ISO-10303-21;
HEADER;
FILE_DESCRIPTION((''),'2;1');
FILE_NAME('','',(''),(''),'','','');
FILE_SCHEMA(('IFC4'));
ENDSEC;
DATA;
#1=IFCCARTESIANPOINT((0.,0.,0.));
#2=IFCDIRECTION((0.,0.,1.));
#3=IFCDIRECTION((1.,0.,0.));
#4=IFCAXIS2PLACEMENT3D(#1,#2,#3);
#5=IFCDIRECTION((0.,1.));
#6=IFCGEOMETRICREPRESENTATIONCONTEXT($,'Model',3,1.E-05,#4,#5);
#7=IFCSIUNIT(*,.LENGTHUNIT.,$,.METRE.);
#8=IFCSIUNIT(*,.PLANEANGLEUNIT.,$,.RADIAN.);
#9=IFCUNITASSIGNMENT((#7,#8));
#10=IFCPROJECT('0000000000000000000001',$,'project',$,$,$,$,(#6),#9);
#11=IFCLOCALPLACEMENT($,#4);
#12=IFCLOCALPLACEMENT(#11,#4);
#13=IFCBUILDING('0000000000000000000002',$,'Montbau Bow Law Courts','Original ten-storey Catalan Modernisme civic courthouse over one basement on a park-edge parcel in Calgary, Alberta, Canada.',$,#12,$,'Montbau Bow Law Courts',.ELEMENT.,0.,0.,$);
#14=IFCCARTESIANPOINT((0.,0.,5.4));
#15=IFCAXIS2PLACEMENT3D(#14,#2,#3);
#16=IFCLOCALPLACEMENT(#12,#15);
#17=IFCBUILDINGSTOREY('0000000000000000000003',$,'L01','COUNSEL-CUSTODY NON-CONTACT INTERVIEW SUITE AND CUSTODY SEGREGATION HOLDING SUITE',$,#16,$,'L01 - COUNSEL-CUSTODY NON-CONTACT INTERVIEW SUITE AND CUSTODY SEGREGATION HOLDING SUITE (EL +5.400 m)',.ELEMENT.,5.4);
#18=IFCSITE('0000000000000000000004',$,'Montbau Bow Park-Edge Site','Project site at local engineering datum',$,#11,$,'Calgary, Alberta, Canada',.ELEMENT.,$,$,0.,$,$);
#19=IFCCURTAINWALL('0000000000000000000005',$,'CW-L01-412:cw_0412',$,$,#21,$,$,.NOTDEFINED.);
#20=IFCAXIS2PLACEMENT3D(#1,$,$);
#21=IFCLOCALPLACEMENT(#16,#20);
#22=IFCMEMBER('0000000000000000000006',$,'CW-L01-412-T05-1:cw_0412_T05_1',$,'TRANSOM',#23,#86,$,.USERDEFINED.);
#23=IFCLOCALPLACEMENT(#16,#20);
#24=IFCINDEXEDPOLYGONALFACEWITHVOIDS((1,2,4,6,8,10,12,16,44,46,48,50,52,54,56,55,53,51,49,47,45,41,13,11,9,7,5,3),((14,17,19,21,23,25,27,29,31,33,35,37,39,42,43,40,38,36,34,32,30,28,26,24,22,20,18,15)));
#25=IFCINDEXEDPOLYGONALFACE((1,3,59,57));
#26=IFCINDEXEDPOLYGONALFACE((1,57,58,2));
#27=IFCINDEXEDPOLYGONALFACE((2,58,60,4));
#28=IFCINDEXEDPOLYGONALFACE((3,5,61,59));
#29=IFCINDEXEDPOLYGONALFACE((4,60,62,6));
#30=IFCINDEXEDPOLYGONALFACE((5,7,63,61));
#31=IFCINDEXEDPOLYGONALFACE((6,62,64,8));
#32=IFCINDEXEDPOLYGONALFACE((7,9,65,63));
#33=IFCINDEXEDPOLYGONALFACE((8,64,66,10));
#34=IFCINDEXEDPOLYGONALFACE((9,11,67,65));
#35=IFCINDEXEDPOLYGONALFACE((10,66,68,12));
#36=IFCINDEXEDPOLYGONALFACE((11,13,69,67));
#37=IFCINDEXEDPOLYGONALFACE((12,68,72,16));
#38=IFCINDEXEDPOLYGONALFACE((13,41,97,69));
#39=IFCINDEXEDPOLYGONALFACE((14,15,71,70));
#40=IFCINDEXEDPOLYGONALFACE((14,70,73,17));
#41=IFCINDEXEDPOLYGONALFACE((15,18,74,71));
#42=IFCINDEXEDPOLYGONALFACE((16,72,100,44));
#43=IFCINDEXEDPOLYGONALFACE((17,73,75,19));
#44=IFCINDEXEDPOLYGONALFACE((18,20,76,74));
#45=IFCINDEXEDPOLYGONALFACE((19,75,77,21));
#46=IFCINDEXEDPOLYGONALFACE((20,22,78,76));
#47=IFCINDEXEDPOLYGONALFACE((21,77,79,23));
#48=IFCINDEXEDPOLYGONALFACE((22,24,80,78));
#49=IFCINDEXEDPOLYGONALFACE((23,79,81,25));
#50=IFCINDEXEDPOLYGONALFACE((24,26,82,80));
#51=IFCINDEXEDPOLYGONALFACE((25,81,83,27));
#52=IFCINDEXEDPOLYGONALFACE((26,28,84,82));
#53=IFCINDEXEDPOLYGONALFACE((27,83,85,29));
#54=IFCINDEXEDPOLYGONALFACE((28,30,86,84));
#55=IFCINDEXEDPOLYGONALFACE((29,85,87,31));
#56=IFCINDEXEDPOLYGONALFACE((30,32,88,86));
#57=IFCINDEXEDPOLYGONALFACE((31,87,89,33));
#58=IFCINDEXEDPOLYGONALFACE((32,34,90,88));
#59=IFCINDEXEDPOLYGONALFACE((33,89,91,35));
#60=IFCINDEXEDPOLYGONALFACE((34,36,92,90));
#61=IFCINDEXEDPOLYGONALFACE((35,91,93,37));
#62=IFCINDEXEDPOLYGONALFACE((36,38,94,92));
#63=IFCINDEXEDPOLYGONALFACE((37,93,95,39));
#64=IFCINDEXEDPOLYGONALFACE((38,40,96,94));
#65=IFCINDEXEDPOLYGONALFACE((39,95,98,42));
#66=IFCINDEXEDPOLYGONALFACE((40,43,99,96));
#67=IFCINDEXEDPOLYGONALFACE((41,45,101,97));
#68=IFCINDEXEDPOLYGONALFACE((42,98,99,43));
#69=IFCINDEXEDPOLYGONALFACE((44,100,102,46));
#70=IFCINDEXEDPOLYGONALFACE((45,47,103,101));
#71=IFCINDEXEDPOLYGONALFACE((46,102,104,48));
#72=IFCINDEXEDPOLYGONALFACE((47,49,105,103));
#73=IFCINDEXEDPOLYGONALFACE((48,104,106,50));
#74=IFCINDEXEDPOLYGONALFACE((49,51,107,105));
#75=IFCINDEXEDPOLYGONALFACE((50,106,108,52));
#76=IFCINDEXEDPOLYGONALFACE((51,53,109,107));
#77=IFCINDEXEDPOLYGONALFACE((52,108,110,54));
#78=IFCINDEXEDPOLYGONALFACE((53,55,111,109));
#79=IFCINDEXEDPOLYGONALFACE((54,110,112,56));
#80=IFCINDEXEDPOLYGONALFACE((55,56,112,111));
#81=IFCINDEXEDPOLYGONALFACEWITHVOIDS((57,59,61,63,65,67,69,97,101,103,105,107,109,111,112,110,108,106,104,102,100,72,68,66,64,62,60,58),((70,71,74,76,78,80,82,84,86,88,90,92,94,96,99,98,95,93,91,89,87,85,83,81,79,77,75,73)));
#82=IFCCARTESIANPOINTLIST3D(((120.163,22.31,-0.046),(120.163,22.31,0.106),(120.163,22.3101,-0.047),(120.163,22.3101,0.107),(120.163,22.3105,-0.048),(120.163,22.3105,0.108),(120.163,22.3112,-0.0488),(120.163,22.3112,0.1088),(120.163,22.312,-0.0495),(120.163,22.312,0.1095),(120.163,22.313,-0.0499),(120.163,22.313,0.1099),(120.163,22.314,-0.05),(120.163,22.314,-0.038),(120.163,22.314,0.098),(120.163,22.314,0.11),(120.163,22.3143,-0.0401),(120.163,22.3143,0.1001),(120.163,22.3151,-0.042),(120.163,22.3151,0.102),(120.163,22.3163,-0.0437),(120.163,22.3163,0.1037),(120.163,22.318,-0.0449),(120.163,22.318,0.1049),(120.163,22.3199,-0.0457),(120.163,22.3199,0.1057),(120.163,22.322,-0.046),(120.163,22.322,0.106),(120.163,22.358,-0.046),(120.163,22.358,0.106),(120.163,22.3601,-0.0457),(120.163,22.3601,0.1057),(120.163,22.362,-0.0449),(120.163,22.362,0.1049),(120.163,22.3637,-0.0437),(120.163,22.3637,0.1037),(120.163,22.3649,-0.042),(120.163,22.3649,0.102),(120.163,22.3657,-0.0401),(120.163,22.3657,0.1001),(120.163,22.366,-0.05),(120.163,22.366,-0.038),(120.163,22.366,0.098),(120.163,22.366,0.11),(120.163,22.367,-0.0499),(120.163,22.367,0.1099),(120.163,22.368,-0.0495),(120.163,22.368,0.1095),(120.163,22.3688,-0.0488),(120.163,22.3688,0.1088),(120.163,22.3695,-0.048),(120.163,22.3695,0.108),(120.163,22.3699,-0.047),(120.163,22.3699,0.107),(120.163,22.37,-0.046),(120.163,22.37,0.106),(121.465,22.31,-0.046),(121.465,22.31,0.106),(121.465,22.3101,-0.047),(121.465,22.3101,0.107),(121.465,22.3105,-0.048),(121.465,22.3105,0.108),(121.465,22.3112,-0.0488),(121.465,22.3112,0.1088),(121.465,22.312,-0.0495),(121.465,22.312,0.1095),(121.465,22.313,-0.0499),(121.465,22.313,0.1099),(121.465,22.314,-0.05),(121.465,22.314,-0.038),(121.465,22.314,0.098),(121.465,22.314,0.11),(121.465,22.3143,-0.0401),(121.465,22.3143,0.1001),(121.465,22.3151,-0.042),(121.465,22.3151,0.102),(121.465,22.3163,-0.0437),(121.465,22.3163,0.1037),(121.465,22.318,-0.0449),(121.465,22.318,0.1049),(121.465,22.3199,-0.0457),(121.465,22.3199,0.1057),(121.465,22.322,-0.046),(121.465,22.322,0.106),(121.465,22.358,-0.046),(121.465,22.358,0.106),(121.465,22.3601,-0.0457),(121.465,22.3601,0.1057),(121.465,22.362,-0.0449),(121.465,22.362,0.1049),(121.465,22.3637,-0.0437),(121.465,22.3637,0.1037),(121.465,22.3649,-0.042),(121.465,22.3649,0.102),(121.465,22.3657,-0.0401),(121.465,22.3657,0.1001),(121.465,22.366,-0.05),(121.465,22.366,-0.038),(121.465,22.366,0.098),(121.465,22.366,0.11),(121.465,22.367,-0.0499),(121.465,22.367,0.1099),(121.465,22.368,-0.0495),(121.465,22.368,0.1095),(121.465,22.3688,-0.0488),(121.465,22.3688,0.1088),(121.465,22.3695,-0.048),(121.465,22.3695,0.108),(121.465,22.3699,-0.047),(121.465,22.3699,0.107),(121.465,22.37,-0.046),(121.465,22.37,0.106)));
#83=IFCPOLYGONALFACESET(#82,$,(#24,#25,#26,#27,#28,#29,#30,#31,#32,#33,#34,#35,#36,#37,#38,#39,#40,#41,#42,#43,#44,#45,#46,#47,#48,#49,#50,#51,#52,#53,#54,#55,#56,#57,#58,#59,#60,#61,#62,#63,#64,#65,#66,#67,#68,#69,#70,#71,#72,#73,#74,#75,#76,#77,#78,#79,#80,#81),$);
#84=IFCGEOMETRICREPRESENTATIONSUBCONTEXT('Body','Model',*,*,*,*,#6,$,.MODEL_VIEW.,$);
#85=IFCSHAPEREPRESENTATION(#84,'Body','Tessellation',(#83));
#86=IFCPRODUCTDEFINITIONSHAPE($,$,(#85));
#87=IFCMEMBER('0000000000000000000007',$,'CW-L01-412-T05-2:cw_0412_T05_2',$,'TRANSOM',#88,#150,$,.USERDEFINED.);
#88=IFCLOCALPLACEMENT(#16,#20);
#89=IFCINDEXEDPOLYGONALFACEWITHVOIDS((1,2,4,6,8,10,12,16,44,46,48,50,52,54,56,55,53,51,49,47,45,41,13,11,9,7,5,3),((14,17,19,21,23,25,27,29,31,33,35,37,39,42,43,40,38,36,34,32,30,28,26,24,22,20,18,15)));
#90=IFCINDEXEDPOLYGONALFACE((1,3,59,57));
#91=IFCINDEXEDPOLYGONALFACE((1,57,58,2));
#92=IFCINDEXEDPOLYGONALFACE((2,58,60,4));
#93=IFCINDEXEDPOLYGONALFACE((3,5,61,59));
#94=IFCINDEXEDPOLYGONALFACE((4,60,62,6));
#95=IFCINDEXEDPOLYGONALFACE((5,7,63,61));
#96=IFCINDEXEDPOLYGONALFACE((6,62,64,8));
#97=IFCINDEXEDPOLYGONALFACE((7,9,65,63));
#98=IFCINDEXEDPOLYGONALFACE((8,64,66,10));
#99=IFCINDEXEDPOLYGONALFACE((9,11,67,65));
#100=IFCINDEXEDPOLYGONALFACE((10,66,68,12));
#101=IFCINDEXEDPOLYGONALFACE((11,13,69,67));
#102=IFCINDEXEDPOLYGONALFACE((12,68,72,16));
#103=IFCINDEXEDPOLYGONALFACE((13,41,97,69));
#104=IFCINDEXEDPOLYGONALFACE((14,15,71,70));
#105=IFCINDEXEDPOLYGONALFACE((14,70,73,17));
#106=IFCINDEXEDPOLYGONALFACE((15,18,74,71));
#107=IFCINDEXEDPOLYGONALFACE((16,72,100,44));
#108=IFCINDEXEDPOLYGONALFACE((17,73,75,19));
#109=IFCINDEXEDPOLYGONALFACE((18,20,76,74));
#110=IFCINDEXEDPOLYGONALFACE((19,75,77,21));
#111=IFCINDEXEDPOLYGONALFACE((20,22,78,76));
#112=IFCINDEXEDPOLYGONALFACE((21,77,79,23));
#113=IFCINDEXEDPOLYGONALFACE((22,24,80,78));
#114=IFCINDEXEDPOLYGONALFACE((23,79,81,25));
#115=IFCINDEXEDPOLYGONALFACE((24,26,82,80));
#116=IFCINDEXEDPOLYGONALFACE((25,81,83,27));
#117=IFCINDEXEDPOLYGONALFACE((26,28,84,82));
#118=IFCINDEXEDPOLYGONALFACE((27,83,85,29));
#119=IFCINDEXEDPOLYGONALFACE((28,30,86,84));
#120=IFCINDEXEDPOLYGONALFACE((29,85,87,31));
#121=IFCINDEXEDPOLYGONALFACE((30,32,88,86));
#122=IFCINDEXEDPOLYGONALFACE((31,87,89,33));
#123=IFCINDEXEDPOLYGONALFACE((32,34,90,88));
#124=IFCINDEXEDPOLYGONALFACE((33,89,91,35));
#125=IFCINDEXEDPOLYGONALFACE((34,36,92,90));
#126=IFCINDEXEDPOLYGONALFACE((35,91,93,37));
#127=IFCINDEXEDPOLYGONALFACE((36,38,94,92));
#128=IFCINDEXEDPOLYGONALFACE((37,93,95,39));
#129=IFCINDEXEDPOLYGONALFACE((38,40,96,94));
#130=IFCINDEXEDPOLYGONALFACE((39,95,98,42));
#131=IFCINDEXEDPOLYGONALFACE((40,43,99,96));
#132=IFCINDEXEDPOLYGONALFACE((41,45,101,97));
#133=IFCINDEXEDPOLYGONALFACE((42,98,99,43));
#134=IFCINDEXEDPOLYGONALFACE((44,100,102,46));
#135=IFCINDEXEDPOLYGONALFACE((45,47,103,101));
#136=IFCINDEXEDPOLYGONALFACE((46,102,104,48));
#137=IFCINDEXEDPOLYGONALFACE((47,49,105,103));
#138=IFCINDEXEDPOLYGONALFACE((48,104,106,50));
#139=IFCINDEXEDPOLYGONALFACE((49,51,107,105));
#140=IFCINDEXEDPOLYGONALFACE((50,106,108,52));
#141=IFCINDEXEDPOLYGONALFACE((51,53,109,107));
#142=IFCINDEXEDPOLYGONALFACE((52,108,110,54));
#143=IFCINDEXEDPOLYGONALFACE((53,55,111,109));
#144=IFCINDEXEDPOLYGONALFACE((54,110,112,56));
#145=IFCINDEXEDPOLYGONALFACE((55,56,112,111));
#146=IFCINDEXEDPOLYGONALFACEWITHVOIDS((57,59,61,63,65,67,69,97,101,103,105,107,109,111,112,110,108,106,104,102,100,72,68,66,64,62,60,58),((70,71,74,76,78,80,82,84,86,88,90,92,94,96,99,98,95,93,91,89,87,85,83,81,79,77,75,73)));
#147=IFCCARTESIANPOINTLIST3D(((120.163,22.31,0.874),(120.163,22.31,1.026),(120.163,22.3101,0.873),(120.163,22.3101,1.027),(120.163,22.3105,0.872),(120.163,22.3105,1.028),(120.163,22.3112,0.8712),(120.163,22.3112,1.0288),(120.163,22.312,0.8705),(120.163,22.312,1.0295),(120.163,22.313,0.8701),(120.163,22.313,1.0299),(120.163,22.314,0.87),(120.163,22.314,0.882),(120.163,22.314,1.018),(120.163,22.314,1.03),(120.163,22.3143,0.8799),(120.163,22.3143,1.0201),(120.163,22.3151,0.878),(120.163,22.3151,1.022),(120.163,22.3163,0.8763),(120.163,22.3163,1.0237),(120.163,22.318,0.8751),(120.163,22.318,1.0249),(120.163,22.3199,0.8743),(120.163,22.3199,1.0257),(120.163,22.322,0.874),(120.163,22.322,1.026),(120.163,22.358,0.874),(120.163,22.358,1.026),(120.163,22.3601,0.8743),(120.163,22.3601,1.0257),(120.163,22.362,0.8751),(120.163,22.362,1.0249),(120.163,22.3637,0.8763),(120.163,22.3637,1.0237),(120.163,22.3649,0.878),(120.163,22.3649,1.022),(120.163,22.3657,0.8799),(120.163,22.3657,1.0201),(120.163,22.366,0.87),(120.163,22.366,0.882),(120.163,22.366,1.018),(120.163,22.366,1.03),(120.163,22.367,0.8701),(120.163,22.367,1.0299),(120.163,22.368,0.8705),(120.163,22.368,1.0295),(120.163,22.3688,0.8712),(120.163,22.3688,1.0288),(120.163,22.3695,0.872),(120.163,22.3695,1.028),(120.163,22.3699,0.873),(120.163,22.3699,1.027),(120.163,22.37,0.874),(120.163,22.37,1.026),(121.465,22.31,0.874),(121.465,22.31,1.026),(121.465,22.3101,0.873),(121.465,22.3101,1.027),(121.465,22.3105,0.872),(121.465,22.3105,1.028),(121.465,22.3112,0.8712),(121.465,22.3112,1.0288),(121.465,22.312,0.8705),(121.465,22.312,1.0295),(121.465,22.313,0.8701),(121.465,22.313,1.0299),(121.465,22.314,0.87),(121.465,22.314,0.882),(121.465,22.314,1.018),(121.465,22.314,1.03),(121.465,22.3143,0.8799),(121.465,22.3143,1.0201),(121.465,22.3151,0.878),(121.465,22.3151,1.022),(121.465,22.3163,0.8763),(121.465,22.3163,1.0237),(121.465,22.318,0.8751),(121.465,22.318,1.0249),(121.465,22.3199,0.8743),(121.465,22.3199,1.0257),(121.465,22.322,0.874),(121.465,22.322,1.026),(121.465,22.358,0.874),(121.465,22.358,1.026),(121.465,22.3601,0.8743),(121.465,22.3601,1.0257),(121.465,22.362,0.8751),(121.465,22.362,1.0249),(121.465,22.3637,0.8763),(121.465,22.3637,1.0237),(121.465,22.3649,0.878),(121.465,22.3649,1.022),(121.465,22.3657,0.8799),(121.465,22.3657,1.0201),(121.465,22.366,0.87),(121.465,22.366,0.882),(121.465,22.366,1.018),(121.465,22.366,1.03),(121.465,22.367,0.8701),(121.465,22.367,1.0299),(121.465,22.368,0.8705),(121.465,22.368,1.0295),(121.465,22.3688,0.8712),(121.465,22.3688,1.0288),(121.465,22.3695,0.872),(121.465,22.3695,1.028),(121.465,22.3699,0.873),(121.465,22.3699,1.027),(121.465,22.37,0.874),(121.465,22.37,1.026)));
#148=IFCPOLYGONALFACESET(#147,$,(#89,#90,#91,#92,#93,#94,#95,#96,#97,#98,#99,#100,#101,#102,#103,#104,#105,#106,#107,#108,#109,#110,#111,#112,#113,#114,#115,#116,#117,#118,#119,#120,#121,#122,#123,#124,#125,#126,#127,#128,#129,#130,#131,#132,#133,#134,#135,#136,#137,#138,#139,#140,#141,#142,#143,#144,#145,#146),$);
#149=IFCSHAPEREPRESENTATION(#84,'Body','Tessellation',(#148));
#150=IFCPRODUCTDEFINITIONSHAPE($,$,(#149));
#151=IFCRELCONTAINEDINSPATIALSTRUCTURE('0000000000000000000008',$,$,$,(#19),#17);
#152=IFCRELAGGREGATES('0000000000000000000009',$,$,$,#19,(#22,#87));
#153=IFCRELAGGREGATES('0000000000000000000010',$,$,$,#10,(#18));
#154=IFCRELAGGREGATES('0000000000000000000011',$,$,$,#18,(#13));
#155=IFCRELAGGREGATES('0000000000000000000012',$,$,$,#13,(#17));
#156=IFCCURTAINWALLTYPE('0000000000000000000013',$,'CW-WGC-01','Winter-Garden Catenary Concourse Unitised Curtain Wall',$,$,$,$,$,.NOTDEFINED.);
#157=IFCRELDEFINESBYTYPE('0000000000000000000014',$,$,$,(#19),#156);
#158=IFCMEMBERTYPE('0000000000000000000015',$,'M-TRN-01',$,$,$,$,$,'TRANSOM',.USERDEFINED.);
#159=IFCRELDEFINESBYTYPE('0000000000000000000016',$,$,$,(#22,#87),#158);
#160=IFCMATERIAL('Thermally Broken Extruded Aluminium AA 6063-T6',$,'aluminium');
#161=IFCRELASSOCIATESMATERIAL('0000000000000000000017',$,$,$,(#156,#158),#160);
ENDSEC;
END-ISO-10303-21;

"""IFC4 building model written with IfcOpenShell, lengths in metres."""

from ifc_helpers import new_model, si_unit, direction, frame, origin_with_axes, origin_2d_with_axis, place, context, subcontext, project, spatial, hollow_rectangle, extrude, material, material_profile, profile_set, type_object, element, aggregate, save


model = new_model("IFC4")

# Units and contexts
model_context = context("Model", 3, precision=1e-05, world=origin_with_axes(), true_north=direction((0.0, 1.0)))
body_context = subcontext(model_context, "Body", "Model", "MODEL_VIEW")
ifc_project = project(units=[si_unit("LENGTHUNIT", "METRE"), si_unit("PLANEANGLEUNIT", "RADIAN")], contexts=[model_context])

# Site, building, storey
site_placement = place(None, origin_with_axes())
site = spatial("IfcSite", under=ifc_project, at=site_placement, Name="Montbau Bow Park-Edge Site", Description="Project site at local engineering datum", LongName="Calgary, Alberta, Canada", CompositionType="ELEMENT", RefElevation=0.0)
building_placement = place(site_placement, origin_with_axes())
building = spatial("IfcBuilding", under=site, at=building_placement, Name="Montbau Bow Law Courts", Description="Original ten-storey Catalan Modernisme civic courthouse over one basement on a park-edge parcel in Calgary, Alberta, Canada.", LongName="Montbau Bow Law Courts", CompositionType="ELEMENT", ElevationOfRefHeight=0.0, ElevationOfTerrain=0.0)
storey_placement = place(building_placement, frame((0.0, 0.0, 5.4), z_axis=(0.0, 0.0, 1.0), x_axis=(1.0, 0.0, 0.0)))
storey = spatial("IfcBuildingStorey", under=building, at=storey_placement, Name="L01", Description="COUNSEL-CUSTODY NON-CONTACT INTERVIEW SUITE AND CUSTODY SEGREGATION HOLDING SUITE", LongName="L01 - COUNSEL-CUSTODY NON-CONTACT INTERVIEW SUITE AND CUSTODY SEGREGATION HOLDING SUITE (EL +5.400 m)", CompositionType="ELEMENT", Elevation=5.4)

# Curtain wall, members
ifc_material_1 = material(Name="Thermally Broken Extruded Aluminium AA 6063-T6", Category="aluminium")
curtain_wall_type = type_object("IfcCurtainWallType", Name="CW-WGC-01", Description="Winter-Garden Catenary Concourse Unitised Curtain Wall", PredefinedType="NOTDEFINED", material=ifc_material_1)
curtain_wall_placement = place(None, frame((114.515, 22.34, 5.4), z_axis=(0.0, 0.0, 1.0), x_axis=(1.0, 0.0, 0.0)))
curtain_wall = element("IfcCurtainWall", 1, at=curtain_wall_placement, inside=storey, type_object=curtain_wall_type, Name="CW-L01-412:cw_0412", PredefinedType="NOTDEFINED")
ifc_material_profile_1 = material_profile(ifc_material_1, hollow_rectangle(XDim=0.06, YDim=0.16, WallThickness=0.004, InnerFilletRadius=0.008, OuterFilletRadius=0.004, at=origin_2d_with_axis()), Name="CWT-160X60", Category="Main", Priority=0)
ifc_profile_set_1 = profile_set([ifc_material_profile_1], Name="Thermally Broken Extruded Aluminium AA 6063-T6")
member_type_1 = type_object("IfcMemberType", Name="M-TRN-01", ElementType="TRANSOM", PredefinedType="USERDEFINED", material=ifc_profile_set_1)
member_1_placement = place(None, frame((120.163, 22.34, 5.43), z_axis=(1.0, 0.0, 0.0), x_axis=(0.0, 1.0, 0.0)))
member_1 = element("IfcMember", 2, at=member_1_placement, type_object=member_type_1, Name="CW-L01-412-T05-1:cw_0412_T05_1", ObjectType="TRANSOM", PredefinedType="USERDEFINED", context=body_context, shape_type="SweptSolid", body=[
    extrude(hollow_rectangle(XDim=0.06, YDim=0.16, WallThickness=0.004, InnerFilletRadius=0.008, OuterFilletRadius=0.004, at=origin_2d_with_axis()), origin_with_axes(), (0.0, 0.0, 1.0), 1.302),
])
member_2_placement = place(None, frame((120.163, 22.34, 6.35), z_axis=(1.0, 0.0, 0.0), x_axis=(0.0, 1.0, 0.0)))
member_2 = element("IfcMember", 3, at=member_2_placement, type_object=member_type_1, Name="CW-L01-412-T05-2:cw_0412_T05_2", ObjectType="TRANSOM", PredefinedType="USERDEFINED", context=body_context, shape_type="SweptSolid", body=[
    extrude(hollow_rectangle(XDim=0.06, YDim=0.16, WallThickness=0.004, InnerFilletRadius=0.008, OuterFilletRadius=0.004, at=origin_2d_with_axis()), origin_with_axes(), (0.0, 0.0, 1.0), 1.302),
])
aggregate(curtain_wall, [member_1, member_2])

save(model, "model.ifc")
